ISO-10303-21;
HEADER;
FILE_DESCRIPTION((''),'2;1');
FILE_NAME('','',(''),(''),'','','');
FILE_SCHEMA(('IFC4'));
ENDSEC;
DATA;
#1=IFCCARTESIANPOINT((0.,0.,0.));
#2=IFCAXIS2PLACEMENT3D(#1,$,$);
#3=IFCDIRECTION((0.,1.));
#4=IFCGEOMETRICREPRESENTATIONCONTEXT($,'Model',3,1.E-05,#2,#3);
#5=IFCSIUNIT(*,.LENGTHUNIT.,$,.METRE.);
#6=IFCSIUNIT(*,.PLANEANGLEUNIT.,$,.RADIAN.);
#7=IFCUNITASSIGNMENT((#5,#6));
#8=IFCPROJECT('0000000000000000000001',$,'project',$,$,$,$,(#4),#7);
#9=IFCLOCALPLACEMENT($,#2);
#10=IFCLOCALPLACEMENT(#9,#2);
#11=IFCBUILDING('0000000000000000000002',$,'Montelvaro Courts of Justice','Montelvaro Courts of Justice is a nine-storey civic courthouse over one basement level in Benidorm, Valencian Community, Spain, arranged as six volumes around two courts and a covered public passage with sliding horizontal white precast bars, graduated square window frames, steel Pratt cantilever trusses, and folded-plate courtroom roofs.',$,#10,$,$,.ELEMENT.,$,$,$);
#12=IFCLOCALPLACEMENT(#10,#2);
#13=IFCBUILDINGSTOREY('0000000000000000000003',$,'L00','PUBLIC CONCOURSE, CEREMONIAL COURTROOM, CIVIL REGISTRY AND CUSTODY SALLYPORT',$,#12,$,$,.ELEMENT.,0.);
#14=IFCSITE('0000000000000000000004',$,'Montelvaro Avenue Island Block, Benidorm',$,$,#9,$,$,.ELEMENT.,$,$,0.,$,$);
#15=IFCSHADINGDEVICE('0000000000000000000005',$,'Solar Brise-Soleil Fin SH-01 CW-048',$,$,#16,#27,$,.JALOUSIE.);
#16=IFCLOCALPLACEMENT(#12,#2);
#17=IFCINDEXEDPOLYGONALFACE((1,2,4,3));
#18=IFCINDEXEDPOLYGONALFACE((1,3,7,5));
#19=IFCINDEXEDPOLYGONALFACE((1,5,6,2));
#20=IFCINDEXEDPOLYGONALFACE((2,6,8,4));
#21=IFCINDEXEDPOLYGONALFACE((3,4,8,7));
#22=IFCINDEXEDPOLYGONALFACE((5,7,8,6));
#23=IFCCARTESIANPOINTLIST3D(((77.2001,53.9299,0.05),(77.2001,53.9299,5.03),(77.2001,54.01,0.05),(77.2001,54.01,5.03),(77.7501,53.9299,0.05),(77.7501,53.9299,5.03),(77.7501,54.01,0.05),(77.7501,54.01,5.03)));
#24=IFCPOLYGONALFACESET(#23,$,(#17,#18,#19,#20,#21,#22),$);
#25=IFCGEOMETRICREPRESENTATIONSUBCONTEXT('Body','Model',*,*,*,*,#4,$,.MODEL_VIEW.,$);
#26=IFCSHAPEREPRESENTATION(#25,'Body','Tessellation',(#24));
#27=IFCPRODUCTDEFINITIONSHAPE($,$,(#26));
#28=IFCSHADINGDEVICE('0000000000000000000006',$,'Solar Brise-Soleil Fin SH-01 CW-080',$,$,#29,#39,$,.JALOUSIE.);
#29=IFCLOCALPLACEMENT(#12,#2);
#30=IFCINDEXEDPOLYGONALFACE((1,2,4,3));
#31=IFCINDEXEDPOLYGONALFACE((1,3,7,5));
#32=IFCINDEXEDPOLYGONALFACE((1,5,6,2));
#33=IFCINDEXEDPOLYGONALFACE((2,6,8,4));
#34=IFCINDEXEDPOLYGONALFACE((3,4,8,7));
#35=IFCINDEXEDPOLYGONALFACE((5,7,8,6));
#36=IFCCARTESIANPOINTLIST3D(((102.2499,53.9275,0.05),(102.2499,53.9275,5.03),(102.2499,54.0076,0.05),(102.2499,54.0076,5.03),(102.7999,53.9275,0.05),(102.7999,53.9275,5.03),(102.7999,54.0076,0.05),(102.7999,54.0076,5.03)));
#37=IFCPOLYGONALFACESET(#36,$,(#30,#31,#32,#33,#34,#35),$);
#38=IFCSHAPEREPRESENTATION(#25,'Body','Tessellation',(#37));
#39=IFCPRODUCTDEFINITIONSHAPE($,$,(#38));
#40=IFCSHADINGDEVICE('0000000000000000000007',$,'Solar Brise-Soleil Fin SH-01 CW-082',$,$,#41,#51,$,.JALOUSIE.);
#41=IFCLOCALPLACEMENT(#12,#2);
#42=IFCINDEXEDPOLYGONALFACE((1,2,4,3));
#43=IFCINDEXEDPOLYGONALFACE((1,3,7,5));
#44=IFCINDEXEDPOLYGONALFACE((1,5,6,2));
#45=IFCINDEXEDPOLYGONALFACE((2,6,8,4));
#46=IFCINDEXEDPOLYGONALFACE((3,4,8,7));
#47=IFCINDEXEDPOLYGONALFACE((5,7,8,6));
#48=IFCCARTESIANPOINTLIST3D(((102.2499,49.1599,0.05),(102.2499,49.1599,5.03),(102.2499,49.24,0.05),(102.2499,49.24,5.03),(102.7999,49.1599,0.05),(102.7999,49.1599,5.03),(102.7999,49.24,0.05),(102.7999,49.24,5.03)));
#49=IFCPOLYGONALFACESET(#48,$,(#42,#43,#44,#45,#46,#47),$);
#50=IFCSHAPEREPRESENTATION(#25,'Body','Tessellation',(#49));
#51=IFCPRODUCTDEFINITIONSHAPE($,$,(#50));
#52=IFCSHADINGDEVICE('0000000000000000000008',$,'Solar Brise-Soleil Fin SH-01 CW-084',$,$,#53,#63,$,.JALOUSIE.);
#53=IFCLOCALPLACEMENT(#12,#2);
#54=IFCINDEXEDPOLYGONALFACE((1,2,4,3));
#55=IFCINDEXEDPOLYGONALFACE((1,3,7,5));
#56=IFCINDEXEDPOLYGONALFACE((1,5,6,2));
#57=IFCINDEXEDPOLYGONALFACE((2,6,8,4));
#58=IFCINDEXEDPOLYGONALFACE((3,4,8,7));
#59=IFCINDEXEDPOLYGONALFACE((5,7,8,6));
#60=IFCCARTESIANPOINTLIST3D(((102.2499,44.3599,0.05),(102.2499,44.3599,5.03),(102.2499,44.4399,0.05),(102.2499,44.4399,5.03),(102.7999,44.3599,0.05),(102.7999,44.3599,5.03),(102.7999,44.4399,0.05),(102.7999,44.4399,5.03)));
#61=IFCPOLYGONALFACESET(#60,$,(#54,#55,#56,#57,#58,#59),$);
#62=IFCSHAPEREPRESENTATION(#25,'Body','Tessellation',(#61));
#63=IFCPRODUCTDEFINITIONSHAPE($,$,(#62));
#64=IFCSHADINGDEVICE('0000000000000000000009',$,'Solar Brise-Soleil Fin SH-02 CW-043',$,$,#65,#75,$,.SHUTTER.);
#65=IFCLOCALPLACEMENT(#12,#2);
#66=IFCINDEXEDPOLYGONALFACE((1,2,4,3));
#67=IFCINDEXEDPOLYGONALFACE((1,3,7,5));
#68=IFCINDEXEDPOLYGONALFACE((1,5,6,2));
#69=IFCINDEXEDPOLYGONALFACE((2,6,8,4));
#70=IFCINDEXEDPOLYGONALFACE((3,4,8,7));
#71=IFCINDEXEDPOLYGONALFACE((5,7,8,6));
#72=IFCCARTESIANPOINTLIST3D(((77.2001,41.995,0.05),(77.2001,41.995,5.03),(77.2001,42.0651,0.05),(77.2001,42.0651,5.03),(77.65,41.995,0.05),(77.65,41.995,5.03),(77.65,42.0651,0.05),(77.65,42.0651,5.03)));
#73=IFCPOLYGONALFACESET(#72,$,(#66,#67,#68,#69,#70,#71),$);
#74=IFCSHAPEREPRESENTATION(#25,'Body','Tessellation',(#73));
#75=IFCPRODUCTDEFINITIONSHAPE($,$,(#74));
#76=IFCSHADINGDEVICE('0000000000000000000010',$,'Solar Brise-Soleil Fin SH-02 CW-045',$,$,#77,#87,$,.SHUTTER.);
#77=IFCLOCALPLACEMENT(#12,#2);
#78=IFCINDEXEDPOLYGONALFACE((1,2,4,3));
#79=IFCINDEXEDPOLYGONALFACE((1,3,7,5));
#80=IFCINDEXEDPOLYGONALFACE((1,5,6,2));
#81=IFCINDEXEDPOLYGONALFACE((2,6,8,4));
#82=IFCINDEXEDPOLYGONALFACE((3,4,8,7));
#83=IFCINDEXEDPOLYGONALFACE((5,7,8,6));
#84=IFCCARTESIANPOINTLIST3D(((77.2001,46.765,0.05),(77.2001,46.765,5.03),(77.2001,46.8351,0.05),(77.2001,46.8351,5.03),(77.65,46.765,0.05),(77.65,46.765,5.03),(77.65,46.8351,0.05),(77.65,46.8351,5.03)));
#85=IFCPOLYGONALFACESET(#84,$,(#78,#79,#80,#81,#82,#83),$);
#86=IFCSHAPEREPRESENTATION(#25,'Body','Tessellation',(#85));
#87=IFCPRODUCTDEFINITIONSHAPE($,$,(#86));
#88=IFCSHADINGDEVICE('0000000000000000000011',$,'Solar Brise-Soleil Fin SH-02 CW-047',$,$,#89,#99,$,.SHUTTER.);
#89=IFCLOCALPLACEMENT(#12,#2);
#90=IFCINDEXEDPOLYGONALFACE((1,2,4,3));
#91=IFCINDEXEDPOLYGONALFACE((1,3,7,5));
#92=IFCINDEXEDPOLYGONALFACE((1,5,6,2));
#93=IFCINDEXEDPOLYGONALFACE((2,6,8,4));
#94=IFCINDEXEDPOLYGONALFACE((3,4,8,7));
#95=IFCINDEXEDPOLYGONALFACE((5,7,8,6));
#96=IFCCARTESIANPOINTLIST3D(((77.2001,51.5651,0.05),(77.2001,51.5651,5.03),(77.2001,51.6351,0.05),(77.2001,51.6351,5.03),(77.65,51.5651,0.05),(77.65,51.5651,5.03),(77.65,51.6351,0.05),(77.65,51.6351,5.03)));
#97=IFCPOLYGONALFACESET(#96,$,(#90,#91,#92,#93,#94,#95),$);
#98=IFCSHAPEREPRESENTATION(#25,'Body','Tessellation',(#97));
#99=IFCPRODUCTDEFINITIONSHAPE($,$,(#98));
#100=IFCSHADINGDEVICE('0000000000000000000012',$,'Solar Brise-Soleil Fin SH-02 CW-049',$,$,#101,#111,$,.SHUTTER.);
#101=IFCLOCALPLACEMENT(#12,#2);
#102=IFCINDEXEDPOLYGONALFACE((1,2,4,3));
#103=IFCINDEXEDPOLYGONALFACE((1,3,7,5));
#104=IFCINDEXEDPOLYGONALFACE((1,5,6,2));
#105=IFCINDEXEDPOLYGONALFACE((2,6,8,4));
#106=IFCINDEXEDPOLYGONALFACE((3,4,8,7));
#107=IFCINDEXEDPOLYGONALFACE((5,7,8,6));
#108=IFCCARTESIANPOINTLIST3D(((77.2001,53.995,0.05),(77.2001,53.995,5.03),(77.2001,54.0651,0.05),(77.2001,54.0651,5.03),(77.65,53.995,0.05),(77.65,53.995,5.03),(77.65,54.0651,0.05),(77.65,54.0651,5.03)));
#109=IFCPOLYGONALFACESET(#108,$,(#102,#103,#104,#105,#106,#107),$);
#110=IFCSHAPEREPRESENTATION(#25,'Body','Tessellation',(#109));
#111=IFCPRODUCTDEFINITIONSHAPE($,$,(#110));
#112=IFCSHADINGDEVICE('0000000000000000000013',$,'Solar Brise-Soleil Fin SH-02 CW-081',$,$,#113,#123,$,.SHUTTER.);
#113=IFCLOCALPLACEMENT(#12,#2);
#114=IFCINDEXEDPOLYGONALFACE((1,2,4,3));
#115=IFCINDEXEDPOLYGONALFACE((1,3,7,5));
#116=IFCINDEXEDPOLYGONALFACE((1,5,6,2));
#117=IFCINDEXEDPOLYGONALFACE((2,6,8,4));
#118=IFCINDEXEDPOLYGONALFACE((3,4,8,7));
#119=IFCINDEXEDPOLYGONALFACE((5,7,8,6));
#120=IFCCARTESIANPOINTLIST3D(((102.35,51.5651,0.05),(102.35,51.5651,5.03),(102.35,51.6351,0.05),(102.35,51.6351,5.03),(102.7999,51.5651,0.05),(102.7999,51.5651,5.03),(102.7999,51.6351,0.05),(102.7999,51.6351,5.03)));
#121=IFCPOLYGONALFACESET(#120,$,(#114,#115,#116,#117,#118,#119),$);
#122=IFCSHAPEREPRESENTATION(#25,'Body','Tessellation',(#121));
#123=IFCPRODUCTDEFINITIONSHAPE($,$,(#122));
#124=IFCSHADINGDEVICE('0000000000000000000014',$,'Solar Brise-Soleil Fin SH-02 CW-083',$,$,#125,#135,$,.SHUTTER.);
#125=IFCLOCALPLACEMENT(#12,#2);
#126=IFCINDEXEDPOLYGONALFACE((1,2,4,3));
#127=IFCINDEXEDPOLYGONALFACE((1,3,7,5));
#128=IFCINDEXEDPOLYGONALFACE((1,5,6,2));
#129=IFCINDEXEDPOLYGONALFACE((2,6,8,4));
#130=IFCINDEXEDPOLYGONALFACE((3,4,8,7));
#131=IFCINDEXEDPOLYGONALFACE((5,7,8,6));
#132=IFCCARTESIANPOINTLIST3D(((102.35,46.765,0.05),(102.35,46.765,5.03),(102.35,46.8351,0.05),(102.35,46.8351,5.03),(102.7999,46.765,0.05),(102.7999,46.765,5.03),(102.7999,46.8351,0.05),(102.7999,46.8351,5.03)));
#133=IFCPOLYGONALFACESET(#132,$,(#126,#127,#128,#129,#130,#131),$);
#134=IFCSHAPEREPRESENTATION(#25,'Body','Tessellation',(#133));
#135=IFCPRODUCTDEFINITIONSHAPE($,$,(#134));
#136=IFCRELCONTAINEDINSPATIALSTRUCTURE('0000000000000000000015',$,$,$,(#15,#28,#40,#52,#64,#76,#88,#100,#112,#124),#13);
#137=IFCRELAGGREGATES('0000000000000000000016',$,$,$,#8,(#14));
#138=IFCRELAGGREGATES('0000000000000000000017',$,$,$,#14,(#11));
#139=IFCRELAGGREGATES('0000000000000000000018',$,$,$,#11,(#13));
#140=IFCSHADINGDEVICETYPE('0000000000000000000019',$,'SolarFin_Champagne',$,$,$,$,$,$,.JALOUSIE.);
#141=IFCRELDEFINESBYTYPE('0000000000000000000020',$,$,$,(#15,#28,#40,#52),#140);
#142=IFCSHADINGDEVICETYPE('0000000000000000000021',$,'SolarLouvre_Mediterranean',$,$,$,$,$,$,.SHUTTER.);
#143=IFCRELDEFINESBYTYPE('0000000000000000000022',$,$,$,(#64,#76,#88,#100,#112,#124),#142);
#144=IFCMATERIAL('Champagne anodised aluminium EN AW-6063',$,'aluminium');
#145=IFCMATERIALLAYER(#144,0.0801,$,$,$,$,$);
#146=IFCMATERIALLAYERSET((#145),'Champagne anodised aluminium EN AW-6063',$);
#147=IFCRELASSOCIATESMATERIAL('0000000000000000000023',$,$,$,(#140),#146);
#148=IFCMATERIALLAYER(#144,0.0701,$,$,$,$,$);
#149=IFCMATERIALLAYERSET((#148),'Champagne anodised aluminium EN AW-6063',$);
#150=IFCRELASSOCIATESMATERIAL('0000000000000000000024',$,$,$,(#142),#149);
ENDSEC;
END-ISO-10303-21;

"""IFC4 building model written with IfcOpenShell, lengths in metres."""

from ifc_helpers import new_model, si_unit, direction, frame, origin, origin_2d, place, context, subcontext, project, spatial, rectangle, extrude, material, layer, layer_set, type_object, element, save


model = new_model("IFC4")

# Units and contexts
model_context = context("Model", 3, precision=1e-05, world=origin(), true_north=direction((0.0, 1.0)))
body_context = subcontext(model_context, "Body", "Model", "MODEL_VIEW")
ifc_project = project(units=[si_unit("LENGTHUNIT", "METRE"), si_unit("PLANEANGLEUNIT", "RADIAN")], contexts=[model_context])

# Site, building, storey
site_placement = place(None, origin())
site = spatial("IfcSite", under=ifc_project, at=site_placement, Name="Montelvaro Avenue Island Block, Benidorm", CompositionType="ELEMENT", RefElevation=0.0)
building_placement = place(site_placement, origin())
building = spatial("IfcBuilding", under=site, at=building_placement, Name="Montelvaro Courts of Justice", Description="Montelvaro Courts of Justice is a nine-storey civic courthouse over one basement level in Benidorm, Valencian Community, Spain, arranged as six volumes around two courts and a covered public passage with sliding horizontal white precast bars, graduated square window frames, steel Pratt cantilever trusses, and folded-plate courtroom roofs.", CompositionType="ELEMENT")
storey_placement = place(building_placement, origin())
storey = spatial("IfcBuildingStorey", under=building, at=storey_placement, Name="L00", Description="PUBLIC CONCOURSE, CEREMONIAL COURTROOM, CIVIL REGISTRY AND CUSTODY SALLYPORT", CompositionType="ELEMENT", Elevation=0.0)

# Shading devices
ifc_material_1 = material(Name="Champagne anodised aluminium EN AW-6063", Category="aluminium")
ifc_layer_1 = layer(ifc_material_1, 0.0801)
ifc_layer_set_1 = layer_set([ifc_layer_1], Name="Champagne anodised aluminium EN AW-6063")
shading_device_type_1 = type_object("IfcShadingDeviceType", Name="SolarFin_Champagne", PredefinedType="JALOUSIE", material=ifc_layer_set_1)
for number, where, z_axis, x_axis, name in (
    (1, (77.4751, 53.97, 0.05), (0.0, 0.0, 1.0), (0.0, 1.0, 0.0), "Solar Brise-Soleil Fin SH-01 CW-048"),
    (2, (102.5249, 53.9675, 0.05), (0.0, 0.0, 1.0), (0.0, -1.0, 0.0), "Solar Brise-Soleil Fin SH-01 CW-080"),
    (3, (102.5249, 49.2, 0.05), (0.0, 0.0, 1.0), (0.0, -1.0, 0.0), "Solar Brise-Soleil Fin SH-01 CW-082"),
    (4, (102.5249, 44.3999, 0.05), (0.0, 0.0, 1.0), (0.0, -1.0, 0.0), "Solar Brise-Soleil Fin SH-01 CW-084"),
):
    element("IfcShadingDevice", number, at=place(storey_placement, frame(where, z_axis=z_axis, x_axis=x_axis)), inside=storey, type_object=shading_device_type_1, Name=name, PredefinedType="JALOUSIE", context=body_context, shape_type="SweptSolid", body=[
        extrude(rectangle(XDim=0.0801, YDim=0.55, at=origin_2d()), origin(), (0.0, 0.0, 1.0), 4.98),
    ])
ifc_layer_2 = layer(ifc_material_1, 0.0701)
ifc_layer_set_2 = layer_set([ifc_layer_2], Name="Champagne anodised aluminium EN AW-6063")
shading_device_type_2 = type_object("IfcShadingDeviceType", Name="SolarLouvre_Mediterranean", PredefinedType="SHUTTER", material=ifc_layer_set_2)
for number, where, z_axis, x_axis, name in (
    (5, (77.425, 42.03, 0.05), (0.0, 0.0, 1.0), (0.0, 1.0, 0.0), "Solar Brise-Soleil Fin SH-02 CW-043"),
    (6, (77.425, 46.8, 0.05), (0.0, 0.0, 1.0), (0.0, 1.0, 0.0), "Solar Brise-Soleil Fin SH-02 CW-045"),
    (7, (77.425, 51.6001, 0.05), (0.0, 0.0, 1.0), (0.0, 1.0, 0.0), "Solar Brise-Soleil Fin SH-02 CW-047"),
    (8, (77.425, 54.03, 0.05), (0.0, 0.0, 1.0), (0.0, 1.0, 0.0), "Solar Brise-Soleil Fin SH-02 CW-049"),
    (9, (102.575, 51.6001, 0.05), (0.0, 0.0, 1.0), (0.0, -1.0, 0.0), "Solar Brise-Soleil Fin SH-02 CW-081"),
    (10, (102.575, 46.8, 0.05), (0.0, 0.0, 1.0), (0.0, -1.0, 0.0), "Solar Brise-Soleil Fin SH-02 CW-083"),
):
    element("IfcShadingDevice", number, at=place(storey_placement, frame(where, z_axis=z_axis, x_axis=x_axis)), inside=storey, type_object=shading_device_type_2, Name=name, PredefinedType="SHUTTER", context=body_context, shape_type="SweptSolid", body=[
        extrude(rectangle(XDim=0.0701, YDim=0.45, at=origin_2d()), origin(), (0.0, 0.0, 1.0), 4.98),
    ])

save(model, "model.ifc")
